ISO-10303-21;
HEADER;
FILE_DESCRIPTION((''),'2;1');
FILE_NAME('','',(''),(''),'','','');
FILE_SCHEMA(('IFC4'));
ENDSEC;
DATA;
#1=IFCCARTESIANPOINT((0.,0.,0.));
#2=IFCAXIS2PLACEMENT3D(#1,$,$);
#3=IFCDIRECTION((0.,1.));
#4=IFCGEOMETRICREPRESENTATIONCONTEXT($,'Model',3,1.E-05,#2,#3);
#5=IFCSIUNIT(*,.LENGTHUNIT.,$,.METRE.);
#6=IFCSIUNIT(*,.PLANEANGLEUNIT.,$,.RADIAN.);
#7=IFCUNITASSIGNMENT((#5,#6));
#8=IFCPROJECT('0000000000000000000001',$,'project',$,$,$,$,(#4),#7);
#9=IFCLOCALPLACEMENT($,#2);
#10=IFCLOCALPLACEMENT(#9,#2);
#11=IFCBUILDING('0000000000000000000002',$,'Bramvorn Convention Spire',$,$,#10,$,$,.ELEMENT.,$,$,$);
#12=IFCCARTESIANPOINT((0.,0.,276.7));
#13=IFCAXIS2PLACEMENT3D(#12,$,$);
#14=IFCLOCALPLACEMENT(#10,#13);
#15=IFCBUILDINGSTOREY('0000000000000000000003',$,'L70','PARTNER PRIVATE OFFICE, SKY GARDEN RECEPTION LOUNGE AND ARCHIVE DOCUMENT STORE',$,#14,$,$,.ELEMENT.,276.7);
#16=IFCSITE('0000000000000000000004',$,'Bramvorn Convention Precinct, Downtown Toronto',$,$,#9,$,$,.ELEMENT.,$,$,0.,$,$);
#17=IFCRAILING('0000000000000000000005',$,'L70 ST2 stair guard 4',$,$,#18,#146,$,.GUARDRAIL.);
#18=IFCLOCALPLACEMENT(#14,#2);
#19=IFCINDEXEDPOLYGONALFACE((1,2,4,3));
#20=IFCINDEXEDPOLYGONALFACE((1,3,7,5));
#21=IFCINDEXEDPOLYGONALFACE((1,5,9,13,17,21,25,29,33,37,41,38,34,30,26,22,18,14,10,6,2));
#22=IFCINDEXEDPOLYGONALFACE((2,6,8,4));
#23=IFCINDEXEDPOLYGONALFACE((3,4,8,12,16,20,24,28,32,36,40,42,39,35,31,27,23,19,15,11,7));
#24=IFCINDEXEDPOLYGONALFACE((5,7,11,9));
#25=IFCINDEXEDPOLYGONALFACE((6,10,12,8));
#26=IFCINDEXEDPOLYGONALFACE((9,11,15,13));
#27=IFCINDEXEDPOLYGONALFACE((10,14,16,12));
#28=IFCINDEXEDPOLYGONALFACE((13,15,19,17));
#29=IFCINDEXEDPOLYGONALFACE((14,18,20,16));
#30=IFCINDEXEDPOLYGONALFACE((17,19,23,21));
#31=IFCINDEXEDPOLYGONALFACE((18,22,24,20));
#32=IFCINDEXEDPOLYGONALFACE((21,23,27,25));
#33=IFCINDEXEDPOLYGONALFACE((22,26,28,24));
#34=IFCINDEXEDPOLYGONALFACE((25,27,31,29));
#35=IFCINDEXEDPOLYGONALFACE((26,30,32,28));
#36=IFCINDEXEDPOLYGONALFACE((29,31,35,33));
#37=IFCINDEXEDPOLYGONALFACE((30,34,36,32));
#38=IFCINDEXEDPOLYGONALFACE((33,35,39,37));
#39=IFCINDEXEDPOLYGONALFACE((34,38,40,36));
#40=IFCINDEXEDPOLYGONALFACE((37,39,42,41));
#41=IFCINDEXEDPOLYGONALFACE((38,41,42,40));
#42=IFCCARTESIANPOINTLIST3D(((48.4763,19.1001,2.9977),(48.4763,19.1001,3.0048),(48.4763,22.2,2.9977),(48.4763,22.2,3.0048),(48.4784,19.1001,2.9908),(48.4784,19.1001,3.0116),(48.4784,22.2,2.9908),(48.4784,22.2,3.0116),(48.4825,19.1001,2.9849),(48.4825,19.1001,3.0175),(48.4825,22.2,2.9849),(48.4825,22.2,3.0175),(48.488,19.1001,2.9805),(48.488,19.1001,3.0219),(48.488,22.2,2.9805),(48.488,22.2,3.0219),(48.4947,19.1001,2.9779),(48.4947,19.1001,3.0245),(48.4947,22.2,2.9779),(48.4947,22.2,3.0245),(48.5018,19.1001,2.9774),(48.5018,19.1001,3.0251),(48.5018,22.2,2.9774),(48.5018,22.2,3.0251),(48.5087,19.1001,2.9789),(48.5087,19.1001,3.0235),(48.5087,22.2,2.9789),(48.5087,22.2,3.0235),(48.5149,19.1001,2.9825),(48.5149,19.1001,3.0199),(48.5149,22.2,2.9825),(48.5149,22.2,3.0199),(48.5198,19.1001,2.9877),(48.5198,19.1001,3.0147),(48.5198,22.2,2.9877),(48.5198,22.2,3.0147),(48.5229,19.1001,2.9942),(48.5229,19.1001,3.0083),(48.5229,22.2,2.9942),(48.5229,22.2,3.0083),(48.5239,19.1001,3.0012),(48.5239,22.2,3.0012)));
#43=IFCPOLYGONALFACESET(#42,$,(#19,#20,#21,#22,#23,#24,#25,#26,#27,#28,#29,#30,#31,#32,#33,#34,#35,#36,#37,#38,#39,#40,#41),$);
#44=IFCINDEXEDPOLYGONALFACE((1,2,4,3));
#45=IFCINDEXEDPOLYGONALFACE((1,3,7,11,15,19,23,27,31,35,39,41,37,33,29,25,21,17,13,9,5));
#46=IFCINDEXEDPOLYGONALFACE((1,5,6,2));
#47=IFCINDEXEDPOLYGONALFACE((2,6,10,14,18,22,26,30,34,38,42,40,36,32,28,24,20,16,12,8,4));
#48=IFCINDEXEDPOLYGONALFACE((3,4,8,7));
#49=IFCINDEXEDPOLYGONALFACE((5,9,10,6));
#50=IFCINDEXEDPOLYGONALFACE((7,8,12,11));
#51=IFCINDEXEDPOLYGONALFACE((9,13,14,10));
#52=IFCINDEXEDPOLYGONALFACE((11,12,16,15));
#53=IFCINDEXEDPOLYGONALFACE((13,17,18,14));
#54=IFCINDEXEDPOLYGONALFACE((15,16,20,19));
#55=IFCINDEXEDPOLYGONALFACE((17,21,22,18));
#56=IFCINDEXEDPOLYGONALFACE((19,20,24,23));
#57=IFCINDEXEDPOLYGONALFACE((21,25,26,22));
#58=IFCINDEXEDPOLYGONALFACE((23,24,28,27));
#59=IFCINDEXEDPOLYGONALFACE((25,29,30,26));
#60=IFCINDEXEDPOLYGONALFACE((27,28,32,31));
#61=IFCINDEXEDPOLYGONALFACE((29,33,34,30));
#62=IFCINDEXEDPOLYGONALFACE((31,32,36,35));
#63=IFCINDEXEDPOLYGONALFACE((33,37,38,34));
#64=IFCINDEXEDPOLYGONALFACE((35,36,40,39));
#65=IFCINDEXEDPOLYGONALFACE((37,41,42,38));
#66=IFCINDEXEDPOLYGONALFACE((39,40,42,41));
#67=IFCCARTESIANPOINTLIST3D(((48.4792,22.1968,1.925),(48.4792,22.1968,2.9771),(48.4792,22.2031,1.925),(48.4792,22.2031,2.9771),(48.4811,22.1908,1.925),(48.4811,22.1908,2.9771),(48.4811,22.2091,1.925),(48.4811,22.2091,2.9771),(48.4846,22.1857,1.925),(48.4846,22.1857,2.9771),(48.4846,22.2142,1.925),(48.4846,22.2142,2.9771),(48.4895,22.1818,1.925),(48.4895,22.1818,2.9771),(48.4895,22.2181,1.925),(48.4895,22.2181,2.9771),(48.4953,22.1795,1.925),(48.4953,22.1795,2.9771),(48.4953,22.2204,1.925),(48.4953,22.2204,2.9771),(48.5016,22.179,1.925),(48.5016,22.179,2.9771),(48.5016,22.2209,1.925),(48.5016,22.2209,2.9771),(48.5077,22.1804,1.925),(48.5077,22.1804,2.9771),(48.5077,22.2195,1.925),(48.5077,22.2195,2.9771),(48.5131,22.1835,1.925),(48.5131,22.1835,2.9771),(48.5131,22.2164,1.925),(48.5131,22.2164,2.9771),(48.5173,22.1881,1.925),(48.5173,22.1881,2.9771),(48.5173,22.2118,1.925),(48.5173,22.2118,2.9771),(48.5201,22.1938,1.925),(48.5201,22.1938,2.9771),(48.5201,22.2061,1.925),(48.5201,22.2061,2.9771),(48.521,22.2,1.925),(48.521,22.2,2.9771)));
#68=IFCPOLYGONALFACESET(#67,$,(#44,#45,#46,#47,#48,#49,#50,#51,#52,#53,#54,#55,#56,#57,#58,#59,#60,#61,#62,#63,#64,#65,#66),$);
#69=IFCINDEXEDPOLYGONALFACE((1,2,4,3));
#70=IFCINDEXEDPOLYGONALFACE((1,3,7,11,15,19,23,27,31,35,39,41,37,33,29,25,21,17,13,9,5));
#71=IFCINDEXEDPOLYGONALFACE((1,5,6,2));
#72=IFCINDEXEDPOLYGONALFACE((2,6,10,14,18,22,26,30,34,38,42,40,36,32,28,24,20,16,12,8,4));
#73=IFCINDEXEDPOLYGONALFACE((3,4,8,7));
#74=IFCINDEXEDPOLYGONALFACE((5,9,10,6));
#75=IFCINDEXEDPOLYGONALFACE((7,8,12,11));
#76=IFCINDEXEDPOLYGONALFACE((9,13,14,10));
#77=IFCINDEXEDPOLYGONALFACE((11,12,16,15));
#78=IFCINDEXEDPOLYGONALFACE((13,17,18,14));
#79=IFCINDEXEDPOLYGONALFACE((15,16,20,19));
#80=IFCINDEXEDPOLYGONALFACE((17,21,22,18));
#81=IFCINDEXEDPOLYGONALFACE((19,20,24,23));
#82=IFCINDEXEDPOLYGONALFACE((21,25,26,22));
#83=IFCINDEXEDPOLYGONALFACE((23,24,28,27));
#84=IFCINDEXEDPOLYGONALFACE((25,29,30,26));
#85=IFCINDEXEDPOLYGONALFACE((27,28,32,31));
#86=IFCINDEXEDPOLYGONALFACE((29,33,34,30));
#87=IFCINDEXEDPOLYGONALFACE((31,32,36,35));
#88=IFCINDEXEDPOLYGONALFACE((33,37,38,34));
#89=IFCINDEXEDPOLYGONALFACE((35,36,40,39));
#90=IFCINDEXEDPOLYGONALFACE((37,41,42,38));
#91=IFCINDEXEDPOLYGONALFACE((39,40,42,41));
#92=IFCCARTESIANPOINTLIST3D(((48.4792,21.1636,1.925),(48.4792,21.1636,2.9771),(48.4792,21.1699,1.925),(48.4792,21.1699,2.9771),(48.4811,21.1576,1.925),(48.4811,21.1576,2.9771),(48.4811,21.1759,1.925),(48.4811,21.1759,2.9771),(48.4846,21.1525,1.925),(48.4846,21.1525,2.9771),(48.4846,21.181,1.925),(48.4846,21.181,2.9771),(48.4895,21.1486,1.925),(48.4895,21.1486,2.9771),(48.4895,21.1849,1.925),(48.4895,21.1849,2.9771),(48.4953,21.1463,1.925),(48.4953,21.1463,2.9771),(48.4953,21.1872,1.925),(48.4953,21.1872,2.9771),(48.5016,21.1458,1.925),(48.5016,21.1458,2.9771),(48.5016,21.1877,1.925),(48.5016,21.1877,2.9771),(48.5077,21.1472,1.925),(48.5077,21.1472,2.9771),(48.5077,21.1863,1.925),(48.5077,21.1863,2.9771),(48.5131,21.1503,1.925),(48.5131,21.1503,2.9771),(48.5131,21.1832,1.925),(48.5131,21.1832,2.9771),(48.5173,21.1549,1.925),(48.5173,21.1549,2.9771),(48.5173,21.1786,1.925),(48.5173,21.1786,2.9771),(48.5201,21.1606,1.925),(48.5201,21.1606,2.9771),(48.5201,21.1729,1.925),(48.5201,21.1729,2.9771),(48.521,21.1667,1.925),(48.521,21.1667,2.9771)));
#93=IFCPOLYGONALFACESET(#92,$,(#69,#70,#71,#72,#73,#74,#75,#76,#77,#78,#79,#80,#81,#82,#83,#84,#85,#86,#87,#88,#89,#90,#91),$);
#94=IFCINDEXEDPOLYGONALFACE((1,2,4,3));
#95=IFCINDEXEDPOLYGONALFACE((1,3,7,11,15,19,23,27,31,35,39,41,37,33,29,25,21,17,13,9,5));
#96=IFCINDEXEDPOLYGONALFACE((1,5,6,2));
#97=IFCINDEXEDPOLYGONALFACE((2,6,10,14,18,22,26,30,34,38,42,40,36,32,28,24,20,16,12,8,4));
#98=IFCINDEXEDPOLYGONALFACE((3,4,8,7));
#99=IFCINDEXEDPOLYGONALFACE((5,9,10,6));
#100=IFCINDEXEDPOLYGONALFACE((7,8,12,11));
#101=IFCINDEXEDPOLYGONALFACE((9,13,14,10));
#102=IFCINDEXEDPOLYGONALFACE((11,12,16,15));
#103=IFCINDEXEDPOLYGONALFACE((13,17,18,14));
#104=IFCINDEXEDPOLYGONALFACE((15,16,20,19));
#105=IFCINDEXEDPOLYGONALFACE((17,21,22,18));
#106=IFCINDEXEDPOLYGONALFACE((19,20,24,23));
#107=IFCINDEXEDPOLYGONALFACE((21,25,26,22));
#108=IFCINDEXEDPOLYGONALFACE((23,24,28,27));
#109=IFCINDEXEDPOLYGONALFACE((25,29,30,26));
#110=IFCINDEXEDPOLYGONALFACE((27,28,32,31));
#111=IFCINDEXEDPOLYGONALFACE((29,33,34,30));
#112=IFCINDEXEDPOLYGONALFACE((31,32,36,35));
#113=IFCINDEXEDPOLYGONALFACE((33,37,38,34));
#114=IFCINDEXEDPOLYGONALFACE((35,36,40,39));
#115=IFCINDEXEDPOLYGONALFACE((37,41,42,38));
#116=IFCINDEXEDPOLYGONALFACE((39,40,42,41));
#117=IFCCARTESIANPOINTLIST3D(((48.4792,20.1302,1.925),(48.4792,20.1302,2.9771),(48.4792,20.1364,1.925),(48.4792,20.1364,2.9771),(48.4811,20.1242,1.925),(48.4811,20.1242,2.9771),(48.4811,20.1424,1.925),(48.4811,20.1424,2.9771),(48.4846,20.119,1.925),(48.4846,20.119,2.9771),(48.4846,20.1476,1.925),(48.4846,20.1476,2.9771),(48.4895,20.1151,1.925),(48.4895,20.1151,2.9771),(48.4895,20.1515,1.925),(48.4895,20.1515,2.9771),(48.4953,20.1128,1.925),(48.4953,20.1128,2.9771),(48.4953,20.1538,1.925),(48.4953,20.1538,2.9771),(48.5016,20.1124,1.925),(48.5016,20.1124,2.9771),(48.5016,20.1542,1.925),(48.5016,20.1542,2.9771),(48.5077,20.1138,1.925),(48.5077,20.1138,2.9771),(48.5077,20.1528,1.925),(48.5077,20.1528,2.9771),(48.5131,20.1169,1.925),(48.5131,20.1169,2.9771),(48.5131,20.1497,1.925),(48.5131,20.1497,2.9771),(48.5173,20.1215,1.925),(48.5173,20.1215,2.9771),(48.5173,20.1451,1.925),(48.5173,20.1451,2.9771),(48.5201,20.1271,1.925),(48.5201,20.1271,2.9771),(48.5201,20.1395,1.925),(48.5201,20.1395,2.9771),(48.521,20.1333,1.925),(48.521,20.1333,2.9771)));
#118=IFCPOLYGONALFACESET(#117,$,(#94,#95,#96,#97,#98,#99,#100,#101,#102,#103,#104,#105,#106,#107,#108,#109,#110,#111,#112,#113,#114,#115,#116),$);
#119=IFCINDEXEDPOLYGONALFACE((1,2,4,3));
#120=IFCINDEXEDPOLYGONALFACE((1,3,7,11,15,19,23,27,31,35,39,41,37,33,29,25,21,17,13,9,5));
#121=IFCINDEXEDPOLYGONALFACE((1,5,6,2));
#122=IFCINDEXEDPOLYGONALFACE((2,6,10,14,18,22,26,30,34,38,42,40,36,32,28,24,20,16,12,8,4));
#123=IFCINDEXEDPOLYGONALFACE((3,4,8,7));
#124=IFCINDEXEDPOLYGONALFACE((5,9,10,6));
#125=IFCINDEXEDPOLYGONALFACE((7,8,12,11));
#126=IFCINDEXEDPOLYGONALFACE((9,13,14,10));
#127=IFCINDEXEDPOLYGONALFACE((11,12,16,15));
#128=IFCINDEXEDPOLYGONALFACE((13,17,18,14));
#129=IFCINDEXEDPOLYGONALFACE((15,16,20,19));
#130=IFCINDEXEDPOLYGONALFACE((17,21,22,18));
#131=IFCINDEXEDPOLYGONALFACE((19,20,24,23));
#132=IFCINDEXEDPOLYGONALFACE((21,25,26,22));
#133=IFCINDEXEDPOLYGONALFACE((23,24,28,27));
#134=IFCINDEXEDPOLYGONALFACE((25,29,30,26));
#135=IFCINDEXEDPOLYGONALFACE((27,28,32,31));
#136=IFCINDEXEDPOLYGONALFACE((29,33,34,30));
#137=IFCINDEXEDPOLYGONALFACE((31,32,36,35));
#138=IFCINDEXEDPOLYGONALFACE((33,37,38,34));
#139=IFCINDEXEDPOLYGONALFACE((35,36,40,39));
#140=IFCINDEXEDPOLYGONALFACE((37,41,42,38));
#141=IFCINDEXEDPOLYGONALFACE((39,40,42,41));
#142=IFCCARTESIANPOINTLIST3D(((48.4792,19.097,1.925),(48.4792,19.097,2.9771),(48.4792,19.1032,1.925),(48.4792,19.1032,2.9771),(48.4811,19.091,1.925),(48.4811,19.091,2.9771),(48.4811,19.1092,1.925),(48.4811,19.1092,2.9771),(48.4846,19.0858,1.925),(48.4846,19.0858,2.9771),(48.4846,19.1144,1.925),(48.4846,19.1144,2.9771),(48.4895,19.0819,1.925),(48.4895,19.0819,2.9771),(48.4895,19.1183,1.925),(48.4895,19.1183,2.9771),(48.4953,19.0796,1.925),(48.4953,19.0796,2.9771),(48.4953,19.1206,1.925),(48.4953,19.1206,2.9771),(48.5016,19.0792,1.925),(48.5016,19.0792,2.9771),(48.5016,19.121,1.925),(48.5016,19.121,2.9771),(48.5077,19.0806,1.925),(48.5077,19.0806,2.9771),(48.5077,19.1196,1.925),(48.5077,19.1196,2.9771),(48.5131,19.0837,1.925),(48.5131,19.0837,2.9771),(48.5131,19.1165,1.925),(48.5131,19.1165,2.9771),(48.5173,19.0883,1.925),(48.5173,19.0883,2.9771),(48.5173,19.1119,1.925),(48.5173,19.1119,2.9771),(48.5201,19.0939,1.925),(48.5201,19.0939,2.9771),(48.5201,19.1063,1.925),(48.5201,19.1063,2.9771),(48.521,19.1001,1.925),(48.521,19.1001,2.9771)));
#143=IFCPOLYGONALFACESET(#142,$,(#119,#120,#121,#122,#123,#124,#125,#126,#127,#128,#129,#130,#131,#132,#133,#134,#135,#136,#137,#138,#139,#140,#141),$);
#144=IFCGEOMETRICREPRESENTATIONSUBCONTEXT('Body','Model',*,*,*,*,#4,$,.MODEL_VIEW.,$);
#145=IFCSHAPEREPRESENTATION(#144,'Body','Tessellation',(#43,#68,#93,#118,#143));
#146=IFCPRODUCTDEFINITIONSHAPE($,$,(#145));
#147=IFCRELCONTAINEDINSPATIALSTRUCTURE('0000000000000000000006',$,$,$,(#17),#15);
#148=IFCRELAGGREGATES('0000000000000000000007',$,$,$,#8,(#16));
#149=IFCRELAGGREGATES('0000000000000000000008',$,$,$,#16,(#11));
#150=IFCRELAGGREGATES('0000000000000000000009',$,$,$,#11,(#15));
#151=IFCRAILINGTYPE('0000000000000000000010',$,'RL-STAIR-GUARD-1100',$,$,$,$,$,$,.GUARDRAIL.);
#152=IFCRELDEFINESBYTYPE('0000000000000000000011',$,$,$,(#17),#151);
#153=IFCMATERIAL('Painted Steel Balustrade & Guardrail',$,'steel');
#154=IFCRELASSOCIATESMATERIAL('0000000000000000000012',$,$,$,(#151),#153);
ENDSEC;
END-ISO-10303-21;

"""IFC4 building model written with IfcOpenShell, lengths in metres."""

from ifc_helpers import new_model, si_unit, direction, frame, origin, origin_2d, place, context, subcontext, project, spatial, circle, extrude, material, type_object, element, save


model = new_model("IFC4")

# Units and contexts
model_context = context("Model", 3, precision=1e-05, world=origin(), true_north=direction((0.0, 1.0)))
body_context = subcontext(model_context, "Body", "Model", "MODEL_VIEW")
ifc_project = project(units=[si_unit("LENGTHUNIT", "METRE"), si_unit("PLANEANGLEUNIT", "RADIAN")], contexts=[model_context])

# Site, building, storey
site_placement = place(None, origin())
site = spatial("IfcSite", under=ifc_project, at=site_placement, Name="Bramvorn Convention Precinct, Downtown Toronto", CompositionType="ELEMENT", RefElevation=0.0)
building_placement = place(site_placement, origin())
building = spatial("IfcBuilding", under=site, at=building_placement, Name="Bramvorn Convention Spire", CompositionType="ELEMENT")
storey_placement = place(building_placement, frame((0.0, 0.0, 276.7)))
storey = spatial("IfcBuildingStorey", under=building, at=storey_placement, Name="L70", Description="PARTNER PRIVATE OFFICE, SKY GARDEN RECEPTION LOUNGE AND ARCHIVE DOCUMENT STORE", CompositionType="ELEMENT", Elevation=276.7)

# Railing
ifc_material_1 = material(Name="Painted Steel Balustrade & Guardrail", Category="steel")
railing_type_1 = type_object("IfcRailingType", Name="RL-STAIR-GUARD-1100", PredefinedType="GUARDRAIL", material=ifc_material_1)
railing_1_placement = place(storey_placement, frame((48.5, 22.2, 1.925)))
element("IfcRailing", 1, at=railing_1_placement, inside=storey, type_object=railing_type_1, Name="L70 ST2 stair guard 4", PredefinedType="GUARDRAIL", context=body_context, shape_type="SweptSolid", body=[
    extrude(circle(Radius=0.0239, at=origin_2d()), frame((0.0, 0.0, 1.0762), z_axis=(0.0, -1.0, 0.0), x_axis=(1.0, 0.0, 0.0)), (0.0, 0.0, 1.0), 3.0999),
    extrude(circle(Radius=0.021, at=origin_2d()), origin(), (0.0, 0.0, 1.0), 1.052),
    extrude(circle(Radius=0.021, at=origin_2d()), frame((0.0, -1.0332, 0.0)), (0.0, 0.0, 1.0), 1.052),
    extrude(circle(Radius=0.021, at=origin_2d()), frame((0.0, -2.0667, 0.0)), (0.0, 0.0, 1.0), 1.052),
    extrude(circle(Radius=0.021, at=origin_2d()), frame((0.0, -3.0999, 0.0)), (0.0, 0.0, 1.0), 1.052),
])

save(model, "model.ifc")
